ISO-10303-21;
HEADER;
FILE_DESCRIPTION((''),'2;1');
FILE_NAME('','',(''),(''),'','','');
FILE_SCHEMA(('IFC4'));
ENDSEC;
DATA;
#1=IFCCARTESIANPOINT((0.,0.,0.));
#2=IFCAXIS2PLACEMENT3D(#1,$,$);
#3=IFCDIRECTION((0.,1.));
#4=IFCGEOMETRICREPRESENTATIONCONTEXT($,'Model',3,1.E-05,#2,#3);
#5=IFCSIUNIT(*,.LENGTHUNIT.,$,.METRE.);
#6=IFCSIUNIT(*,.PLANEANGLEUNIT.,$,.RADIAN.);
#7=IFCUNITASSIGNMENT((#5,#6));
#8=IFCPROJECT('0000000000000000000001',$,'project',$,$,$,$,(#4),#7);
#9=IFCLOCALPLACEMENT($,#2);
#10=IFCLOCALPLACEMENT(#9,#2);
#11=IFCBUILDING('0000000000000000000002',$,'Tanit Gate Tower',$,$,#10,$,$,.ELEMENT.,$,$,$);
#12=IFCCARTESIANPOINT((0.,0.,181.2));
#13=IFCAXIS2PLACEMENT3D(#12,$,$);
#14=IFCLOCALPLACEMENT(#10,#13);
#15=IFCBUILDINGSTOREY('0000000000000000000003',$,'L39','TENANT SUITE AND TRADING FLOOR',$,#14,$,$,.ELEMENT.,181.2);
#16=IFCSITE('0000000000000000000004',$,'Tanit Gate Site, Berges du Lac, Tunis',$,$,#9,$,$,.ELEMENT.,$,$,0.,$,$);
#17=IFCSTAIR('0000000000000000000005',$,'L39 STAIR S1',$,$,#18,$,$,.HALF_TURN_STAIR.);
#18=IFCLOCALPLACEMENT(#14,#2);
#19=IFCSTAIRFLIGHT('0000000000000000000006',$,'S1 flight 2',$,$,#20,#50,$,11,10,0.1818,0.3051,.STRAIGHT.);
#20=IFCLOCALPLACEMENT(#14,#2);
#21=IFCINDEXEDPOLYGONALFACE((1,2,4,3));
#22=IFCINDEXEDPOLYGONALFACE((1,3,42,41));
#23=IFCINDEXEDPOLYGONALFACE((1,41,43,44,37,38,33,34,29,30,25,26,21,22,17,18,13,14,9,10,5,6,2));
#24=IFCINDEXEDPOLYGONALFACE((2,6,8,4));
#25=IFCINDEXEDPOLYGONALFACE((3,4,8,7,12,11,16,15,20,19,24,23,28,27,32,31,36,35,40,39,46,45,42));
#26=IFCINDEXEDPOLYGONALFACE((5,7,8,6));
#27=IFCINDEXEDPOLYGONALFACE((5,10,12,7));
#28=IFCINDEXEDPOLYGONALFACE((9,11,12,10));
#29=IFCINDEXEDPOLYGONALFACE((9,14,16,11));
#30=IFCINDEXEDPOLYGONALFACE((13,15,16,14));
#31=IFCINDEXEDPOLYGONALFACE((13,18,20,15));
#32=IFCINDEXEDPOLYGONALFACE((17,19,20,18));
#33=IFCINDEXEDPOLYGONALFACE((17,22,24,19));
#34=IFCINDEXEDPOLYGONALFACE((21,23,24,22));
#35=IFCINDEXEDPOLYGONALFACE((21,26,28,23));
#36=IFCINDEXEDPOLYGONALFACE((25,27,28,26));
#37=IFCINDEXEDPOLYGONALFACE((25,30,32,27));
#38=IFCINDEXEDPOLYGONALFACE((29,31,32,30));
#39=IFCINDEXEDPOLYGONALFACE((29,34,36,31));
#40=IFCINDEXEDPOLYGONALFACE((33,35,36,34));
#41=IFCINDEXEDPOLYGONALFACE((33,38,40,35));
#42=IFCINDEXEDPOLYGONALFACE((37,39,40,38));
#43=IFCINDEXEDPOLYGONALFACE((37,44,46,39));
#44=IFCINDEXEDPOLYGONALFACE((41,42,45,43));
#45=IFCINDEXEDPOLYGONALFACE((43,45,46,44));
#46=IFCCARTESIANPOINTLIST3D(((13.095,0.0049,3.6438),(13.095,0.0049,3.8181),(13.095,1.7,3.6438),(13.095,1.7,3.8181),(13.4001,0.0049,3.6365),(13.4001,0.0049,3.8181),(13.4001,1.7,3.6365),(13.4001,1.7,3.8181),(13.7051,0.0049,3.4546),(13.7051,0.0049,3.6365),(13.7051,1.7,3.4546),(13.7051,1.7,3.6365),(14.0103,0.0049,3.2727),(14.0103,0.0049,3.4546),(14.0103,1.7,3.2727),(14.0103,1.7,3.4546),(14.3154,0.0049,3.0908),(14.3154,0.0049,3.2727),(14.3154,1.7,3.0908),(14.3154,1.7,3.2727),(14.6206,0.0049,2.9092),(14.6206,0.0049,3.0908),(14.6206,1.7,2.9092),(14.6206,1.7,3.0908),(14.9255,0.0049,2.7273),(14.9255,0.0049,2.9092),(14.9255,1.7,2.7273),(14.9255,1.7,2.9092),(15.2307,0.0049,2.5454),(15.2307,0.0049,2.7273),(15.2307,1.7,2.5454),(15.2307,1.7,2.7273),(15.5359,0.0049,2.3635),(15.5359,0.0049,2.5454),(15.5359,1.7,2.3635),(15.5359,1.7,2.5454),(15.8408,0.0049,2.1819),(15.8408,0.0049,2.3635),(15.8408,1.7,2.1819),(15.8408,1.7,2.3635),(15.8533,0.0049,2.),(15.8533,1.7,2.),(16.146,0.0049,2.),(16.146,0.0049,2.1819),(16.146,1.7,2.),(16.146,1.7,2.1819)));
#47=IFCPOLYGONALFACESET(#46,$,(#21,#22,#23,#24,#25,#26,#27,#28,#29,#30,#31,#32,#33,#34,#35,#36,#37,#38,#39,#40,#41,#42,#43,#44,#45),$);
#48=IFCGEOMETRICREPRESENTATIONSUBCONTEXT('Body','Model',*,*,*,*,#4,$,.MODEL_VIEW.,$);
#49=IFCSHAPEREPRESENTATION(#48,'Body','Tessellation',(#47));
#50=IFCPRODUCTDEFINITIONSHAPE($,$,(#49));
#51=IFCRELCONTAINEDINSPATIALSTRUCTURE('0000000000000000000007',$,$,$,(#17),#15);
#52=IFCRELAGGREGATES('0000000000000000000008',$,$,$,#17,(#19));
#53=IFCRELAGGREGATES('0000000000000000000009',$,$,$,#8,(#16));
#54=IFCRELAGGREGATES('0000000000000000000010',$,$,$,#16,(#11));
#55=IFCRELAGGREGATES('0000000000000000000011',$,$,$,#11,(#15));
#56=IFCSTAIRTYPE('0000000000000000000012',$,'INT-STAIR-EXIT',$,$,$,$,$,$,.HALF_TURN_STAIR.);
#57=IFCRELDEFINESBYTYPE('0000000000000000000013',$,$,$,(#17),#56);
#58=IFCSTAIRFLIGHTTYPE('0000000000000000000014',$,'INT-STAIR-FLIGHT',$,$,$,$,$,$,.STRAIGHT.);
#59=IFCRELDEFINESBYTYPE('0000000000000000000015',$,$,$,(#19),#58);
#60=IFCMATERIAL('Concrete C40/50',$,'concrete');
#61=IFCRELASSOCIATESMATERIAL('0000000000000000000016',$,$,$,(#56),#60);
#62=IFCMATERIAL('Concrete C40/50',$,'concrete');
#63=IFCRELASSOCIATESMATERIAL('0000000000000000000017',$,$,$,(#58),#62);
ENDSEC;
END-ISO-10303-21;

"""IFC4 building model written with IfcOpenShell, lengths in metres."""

from ifc_helpers import new_model, si_unit, direction, frame, origin, place, context, subcontext, project, spatial, polyline, outline, extrude, material, type_object, element, aggregate, save


model = new_model("IFC4")

# Units and contexts
model_context = context("Model", 3, precision=1e-05, world=origin(), true_north=direction((0.0, 1.0)))
body_context = subcontext(model_context, "Body", "Model", "MODEL_VIEW")
ifc_project = project(units=[si_unit("LENGTHUNIT", "METRE"), si_unit("PLANEANGLEUNIT", "RADIAN")], contexts=[model_context])

# Site, building, storey
site_placement = place(None, origin())
site = spatial("IfcSite", under=ifc_project, at=site_placement, Name="Tanit Gate Site, Berges du Lac, Tunis", CompositionType="ELEMENT", RefElevation=0.0)
building_placement = place(site_placement, origin())
building = spatial("IfcBuilding", under=site, at=building_placement, Name="Tanit Gate Tower", CompositionType="ELEMENT")
storey_placement = place(building_placement, frame((0.0, 0.0, 181.2)))
storey = spatial("IfcBuildingStorey", under=building, at=storey_placement, Name="L39", Description="TENANT SUITE AND TRADING FLOOR", CompositionType="ELEMENT", Elevation=181.2)

# Stair, stair flight
ifc_material_1 = material(Name="Concrete C40/50", Category="concrete")
stair_type = type_object("IfcStairType", Name="INT-STAIR-EXIT", PredefinedType="HALF_TURN_STAIR", material=ifc_material_1)
stair_placement = place(storey_placement, origin())
stair = element("IfcStair", 1, at=stair_placement, inside=storey, type_object=stair_type, Name="L39 STAIR S1", PredefinedType="HALF_TURN_STAIR")
ifc_material_2 = material(Name="Concrete C40/50", Category="concrete")
stair_flight_type = type_object("IfcStairFlightType", Name="INT-STAIR-FLIGHT", PredefinedType="STRAIGHT", material=ifc_material_2)
stair_flight_placement = place(storey_placement, frame((16.146, 0.8525, 2.0), z_axis=(0.0, 0.0, 1.0), x_axis=(-1.0, 0.0, 0.0)))
stair_flight = element("IfcStairFlight", 2, at=stair_flight_placement, type_object=stair_flight_type, Name="S1 flight 2", NumberOfRisers=11, NumberOfTreads=10, PredefinedType="STRAIGHT", RiserHeight=0.1818, TreadLength=0.3051, context=body_context, shape_type="SweptSolid", body=[
    extrude(outline(polyline([(0.0, 0.0), (0.0, 0.1819), (0.3052, 0.1819), (0.3052, 0.3635), (0.6101, 0.3635), (0.6101, 0.5454), (0.9153, 0.5454), (0.9153, 0.7273), (1.2205, 0.7273), (1.2205, 0.9092), (1.5254, 0.9092), (1.5254, 1.0908), (1.8306, 1.0908), (1.8306, 1.2727), (2.1357, 1.2727), (2.1357, 1.4546), (2.4409, 1.4546), (2.4409, 1.6365), (2.7458, 1.6365), (2.7458, 1.8181), (3.051, 1.8181), (3.051, 2.0), (3.051, 1.6438), (0.2927, 0.0), (0.0, 0.0)])), frame((0.0, 0.8477, 0.0), z_axis=(0.0, -1.0, 0.0), x_axis=(1.0, 0.0, 0.0)), (0.0, 0.0, 1.0), 1.6951),
])
aggregate(stair, [stair_flight])

save(model, "model.ifc")
